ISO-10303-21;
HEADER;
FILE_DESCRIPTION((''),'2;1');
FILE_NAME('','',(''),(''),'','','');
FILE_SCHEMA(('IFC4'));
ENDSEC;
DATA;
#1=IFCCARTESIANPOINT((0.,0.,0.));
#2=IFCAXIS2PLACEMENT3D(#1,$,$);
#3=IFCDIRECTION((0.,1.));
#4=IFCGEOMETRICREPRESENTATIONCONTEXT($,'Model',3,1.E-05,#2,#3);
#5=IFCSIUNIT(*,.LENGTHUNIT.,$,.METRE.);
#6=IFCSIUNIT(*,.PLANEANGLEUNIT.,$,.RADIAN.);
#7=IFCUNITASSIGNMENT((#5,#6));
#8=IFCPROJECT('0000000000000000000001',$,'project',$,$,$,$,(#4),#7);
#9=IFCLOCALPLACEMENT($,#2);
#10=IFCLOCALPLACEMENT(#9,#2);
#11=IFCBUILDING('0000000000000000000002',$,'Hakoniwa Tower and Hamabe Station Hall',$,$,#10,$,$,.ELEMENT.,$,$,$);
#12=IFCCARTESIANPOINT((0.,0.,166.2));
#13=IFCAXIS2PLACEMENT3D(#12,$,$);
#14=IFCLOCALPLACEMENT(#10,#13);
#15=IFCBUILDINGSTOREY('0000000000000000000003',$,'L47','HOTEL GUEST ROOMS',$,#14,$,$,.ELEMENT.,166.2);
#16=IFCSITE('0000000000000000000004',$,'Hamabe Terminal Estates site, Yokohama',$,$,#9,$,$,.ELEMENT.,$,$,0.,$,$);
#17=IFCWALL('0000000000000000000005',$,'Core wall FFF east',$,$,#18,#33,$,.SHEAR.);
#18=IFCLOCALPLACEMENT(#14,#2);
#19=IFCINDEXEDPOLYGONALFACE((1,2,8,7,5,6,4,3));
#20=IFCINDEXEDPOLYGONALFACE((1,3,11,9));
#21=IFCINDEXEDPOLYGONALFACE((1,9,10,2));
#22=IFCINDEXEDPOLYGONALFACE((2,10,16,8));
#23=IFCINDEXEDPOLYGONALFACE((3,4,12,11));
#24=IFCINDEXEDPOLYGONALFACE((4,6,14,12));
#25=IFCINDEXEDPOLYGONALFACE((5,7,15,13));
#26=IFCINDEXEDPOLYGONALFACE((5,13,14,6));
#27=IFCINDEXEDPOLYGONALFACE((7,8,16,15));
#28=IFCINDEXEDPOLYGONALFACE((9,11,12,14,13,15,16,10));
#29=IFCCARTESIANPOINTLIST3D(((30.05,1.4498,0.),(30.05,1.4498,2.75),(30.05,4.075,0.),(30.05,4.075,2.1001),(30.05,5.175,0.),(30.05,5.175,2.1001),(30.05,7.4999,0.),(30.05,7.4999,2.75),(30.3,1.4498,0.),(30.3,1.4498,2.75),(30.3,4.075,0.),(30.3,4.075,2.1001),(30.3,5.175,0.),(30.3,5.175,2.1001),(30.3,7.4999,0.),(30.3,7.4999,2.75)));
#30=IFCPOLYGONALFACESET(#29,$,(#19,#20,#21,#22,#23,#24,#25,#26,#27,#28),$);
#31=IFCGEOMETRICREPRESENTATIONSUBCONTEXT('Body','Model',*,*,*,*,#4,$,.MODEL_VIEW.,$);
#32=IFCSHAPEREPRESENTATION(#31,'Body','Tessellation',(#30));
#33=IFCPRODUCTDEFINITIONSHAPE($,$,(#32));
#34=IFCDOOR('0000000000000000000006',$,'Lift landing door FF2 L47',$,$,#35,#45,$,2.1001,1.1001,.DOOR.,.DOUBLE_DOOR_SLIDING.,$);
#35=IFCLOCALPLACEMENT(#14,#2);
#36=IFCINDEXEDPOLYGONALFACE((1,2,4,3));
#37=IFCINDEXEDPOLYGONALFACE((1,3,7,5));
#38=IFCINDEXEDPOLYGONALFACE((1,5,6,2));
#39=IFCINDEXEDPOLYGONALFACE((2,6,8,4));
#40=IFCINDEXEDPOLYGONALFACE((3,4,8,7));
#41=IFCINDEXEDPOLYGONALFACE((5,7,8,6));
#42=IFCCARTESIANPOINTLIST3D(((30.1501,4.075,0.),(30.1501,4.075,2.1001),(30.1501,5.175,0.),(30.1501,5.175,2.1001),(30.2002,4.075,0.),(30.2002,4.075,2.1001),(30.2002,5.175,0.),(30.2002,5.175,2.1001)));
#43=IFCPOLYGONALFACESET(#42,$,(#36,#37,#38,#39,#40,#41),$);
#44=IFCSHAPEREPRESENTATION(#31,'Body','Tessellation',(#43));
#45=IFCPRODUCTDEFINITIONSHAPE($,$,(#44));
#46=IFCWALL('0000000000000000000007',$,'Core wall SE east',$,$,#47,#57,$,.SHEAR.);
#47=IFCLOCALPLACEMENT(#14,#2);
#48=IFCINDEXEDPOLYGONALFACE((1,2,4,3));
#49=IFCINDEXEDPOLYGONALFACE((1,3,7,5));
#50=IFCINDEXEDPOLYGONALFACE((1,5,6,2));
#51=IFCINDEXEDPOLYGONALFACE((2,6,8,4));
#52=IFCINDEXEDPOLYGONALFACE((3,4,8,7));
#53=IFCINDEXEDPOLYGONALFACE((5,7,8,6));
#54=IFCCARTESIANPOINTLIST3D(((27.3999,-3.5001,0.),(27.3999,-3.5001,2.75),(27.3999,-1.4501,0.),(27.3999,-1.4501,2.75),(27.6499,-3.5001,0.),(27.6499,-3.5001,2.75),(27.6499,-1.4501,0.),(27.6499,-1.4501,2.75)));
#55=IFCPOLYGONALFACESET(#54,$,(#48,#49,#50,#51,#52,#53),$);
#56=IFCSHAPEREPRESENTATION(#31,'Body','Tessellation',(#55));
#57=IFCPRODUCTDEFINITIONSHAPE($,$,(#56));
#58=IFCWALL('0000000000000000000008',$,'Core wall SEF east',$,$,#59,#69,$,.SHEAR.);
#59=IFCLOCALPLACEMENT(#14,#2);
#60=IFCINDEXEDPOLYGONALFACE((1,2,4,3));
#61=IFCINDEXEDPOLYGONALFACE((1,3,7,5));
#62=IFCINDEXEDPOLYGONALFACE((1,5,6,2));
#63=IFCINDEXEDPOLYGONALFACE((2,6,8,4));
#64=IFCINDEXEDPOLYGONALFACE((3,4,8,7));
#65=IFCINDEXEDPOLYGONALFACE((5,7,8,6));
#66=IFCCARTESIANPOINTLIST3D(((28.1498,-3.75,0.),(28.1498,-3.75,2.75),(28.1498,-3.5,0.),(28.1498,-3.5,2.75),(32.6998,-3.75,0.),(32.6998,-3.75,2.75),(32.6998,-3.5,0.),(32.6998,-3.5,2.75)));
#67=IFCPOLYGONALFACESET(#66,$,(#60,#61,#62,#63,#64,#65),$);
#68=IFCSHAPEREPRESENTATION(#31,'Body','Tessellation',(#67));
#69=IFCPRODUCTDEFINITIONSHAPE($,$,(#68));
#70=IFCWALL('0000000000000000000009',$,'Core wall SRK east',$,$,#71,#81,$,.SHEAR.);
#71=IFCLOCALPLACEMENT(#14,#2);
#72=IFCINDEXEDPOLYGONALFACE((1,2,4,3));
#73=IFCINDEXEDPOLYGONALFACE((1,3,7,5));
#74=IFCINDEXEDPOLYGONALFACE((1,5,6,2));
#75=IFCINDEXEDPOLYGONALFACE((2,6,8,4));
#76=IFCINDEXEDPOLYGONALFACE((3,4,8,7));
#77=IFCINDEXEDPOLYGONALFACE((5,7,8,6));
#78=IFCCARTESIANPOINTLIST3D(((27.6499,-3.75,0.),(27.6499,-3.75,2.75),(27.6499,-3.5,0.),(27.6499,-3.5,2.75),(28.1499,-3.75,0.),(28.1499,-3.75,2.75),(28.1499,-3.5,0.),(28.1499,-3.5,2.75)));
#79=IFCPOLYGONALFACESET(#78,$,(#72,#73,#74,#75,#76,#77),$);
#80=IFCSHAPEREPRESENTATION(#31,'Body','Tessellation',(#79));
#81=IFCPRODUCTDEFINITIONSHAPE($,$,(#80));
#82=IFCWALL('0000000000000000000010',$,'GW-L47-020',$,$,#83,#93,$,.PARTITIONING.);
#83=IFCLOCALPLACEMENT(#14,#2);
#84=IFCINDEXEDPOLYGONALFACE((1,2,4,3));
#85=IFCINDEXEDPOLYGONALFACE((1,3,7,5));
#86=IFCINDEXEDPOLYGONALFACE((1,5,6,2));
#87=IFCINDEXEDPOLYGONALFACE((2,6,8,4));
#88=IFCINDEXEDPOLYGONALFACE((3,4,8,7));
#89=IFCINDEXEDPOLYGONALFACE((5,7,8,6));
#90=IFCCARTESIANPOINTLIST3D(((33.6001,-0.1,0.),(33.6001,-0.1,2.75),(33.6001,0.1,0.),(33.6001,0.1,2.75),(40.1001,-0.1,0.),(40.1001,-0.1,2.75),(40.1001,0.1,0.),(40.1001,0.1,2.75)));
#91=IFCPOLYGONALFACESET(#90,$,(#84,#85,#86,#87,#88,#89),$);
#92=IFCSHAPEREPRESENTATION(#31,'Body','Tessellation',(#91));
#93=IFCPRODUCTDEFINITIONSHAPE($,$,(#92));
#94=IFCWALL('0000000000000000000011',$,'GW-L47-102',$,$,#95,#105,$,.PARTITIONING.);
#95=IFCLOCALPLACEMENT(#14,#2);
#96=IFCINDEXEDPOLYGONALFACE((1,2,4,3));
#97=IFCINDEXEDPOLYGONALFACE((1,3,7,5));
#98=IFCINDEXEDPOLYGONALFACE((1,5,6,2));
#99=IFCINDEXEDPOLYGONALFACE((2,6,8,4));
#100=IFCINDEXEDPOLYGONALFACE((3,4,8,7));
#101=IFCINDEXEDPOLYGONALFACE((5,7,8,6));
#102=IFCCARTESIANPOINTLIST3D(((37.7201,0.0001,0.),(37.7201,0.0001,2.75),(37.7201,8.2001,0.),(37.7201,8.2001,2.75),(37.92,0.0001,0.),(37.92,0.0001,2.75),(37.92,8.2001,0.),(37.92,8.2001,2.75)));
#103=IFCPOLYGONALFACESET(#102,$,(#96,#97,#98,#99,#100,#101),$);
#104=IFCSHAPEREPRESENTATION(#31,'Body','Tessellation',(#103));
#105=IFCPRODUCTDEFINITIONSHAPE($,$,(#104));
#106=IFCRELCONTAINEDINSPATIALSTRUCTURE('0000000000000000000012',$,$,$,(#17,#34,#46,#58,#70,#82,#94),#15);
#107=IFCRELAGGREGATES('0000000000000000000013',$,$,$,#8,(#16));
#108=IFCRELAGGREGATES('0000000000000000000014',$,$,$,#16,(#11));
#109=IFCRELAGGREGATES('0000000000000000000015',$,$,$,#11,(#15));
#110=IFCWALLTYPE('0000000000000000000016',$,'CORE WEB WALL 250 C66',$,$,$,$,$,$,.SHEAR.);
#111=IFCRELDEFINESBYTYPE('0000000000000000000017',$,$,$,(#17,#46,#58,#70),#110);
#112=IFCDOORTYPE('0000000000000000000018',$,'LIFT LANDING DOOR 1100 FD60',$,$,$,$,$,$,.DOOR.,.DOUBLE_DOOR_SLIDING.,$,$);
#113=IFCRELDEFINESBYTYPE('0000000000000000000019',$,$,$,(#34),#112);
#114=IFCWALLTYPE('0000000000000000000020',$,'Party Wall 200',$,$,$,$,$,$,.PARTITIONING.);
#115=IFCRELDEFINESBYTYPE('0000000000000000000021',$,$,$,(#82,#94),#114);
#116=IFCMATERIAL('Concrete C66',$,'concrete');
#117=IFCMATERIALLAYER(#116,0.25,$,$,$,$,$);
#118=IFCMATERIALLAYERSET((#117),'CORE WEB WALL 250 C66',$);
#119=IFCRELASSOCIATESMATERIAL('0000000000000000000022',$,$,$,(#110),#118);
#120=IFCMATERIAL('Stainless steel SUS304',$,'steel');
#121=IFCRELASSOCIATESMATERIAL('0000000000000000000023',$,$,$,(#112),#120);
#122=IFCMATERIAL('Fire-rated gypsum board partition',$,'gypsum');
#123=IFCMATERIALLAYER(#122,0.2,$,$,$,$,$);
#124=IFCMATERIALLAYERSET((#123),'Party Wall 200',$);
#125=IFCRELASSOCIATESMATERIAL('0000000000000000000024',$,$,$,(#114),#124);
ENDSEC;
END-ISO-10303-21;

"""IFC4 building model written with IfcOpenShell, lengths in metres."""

from ifc_helpers import new_model, si_unit, direction, frame, frame_2d, origin, place, context, subcontext, project, spatial, rectangle, extrude, material, layer, layer_set, type_object, element, fill, save


model = new_model("IFC4")

# Units and contexts
model_context = context("Model", 3, precision=1e-05, world=origin(), true_north=direction((0.0, 1.0)))
body_context = subcontext(model_context, "Body", "Model", "MODEL_VIEW")
ifc_project = project(units=[si_unit("LENGTHUNIT", "METRE"), si_unit("PLANEANGLEUNIT", "RADIAN")], contexts=[model_context])

# Site, building, storey
site_placement = place(None, origin())
site = spatial("IfcSite", under=ifc_project, at=site_placement, Name="Hamabe Terminal Estates site, Yokohama", CompositionType="ELEMENT", RefElevation=0.0)
building_placement = place(site_placement, origin())
building = spatial("IfcBuilding", under=site, at=building_placement, Name="Hakoniwa Tower and Hamabe Station Hall", CompositionType="ELEMENT")
storey_placement = place(building_placement, frame((0.0, 0.0, 166.2)))
storey = spatial("IfcBuildingStorey", under=building, at=storey_placement, Name="L47", Description="HOTEL GUEST ROOMS", CompositionType="ELEMENT", Elevation=166.2)

# Shared definitions
ifc_material_1 = material(Name="Concrete C66", Category="concrete")
ifc_layer_1 = layer(ifc_material_1, 0.25)
ifc_layer_set_1 = layer_set([ifc_layer_1], Name="CORE WEB WALL 250 C66")
wall_type_1 = type_object("IfcWallType", Name="CORE WEB WALL 250 C66", PredefinedType="SHEAR", material=ifc_layer_set_1)

# Wall, opening, door
wall_1_placement = place(storey_placement, frame((30.175, 1.45, 0.0), z_axis=(0.0, 0.0, 1.0), x_axis=(0.0, 1.0, 0.0)))
wall_1 = element("IfcWall", 1, at=wall_1_placement, inside=storey, type_object=wall_type_1, Name="Core wall FFF east", PredefinedType="SHEAR", context=body_context, shape_type="SweptSolid", body=[
    extrude(rectangle(XDim=6.05, YDim=0.25, at=frame_2d((3.0249, 0.0))), origin(), (0.0, 0.0, 1.0), 2.75),
])
opening_1_placement = place(wall_1_placement, frame((2.625, 0.0, 0.0)))
opening_1 = element("IfcOpeningElement", 2, at=opening_1_placement, cuts=wall_1, PredefinedType="OPENING", context=body_context, shape_type="SweptSolid", body=[
    extrude(rectangle(XDim=1.1001, YDim=2.1001, at=frame_2d((0.55, 1.05))), frame((0.0, 0.135, 0.0), z_axis=(0.0, -1.0, 0.0), x_axis=(1.0, 0.0, 0.0)), (0.0, 0.0, 1.0), 0.27),
])
ifc_material_2 = material(Name="Stainless steel SUS304", Category="steel")
door_type_1 = type_object("IfcDoorType", Name="LIFT LANDING DOOR 1100 FD60", OperationType="DOUBLE_DOOR_SLIDING", PredefinedType="DOOR", material=ifc_material_2)
door_1_placement = place(opening_1_placement, origin())
door_1 = element("IfcDoor", 3, at=door_1_placement, inside=storey, type_object=door_type_1, Name="Lift landing door FF2 L47", OperationType="DOUBLE_DOOR_SLIDING", OverallHeight=2.1001, OverallWidth=1.1001, PredefinedType="DOOR", context=body_context, shape_type="SweptSolid", body=[
    extrude(rectangle(XDim=1.1001, YDim=2.1001, at=frame_2d((0.55, 1.05))), frame((0.0, 0.0249, 0.0), z_axis=(0.0, -1.0, 0.0), x_axis=(1.0, 0.0, 0.0)), (0.0, 0.0, 1.0), 0.05),
])
fill(opening_1, door_1)

# Walls
wall_2_placement = place(storey_placement, frame((27.5249, -3.5, 0.0), z_axis=(0.0, 0.0, 1.0), x_axis=(0.0, 1.0, 0.0)))
element("IfcWall", 4, at=wall_2_placement, inside=storey, type_object=wall_type_1, Name="Core wall SE east", PredefinedType="SHEAR", context=body_context, shape_type="SweptSolid", body=[
    extrude(rectangle(XDim=2.05, YDim=0.25, at=frame_2d((1.0249, 0.0))), origin(), (0.0, 0.0, 1.0), 2.75),
])
wall_3_placement = place(storey_placement, frame((28.1499, -3.625, 0.0), z_axis=(0.0, 0.0, 1.0), x_axis=(1.0, 0.0, 0.0)))
element("IfcWall", 5, at=wall_3_placement, inside=storey, type_object=wall_type_1, Name="Core wall SEF east", PredefinedType="SHEAR", context=body_context, shape_type="SweptSolid", body=[
    extrude(rectangle(XDim=4.55, YDim=0.25, at=frame_2d((2.2749, 0.0))), origin(), (0.0, 0.0, 1.0), 2.75),
])
wall_4_placement = place(storey_placement, frame((27.6499, -3.625, 0.0), z_axis=(0.0, 0.0, 1.0), x_axis=(1.0, 0.0, 0.0)))
element("IfcWall", 6, at=wall_4_placement, inside=storey, type_object=wall_type_1, Name="Core wall SRK east", PredefinedType="SHEAR", context=body_context, shape_type="SweptSolid", body=[
    extrude(rectangle(XDim=0.5, YDim=0.25, at=frame_2d((0.25, 0.0))), origin(), (0.0, 0.0, 1.0), 2.75),
])
ifc_material_3 = material(Name="Fire-rated gypsum board partition", Category="gypsum")
ifc_layer_2 = layer(ifc_material_3, 0.2)
ifc_layer_set_2 = layer_set([ifc_layer_2], Name="Party Wall 200")
wall_type_2 = type_object("IfcWallType", Name="Party Wall 200", PredefinedType="PARTITIONING", material=ifc_layer_set_2)
wall_5_placement = place(storey_placement, frame((33.6001, 0.0, 0.0), z_axis=(0.0, 0.0, 1.0), x_axis=(1.0, 0.0, 0.0)))
element("IfcWall", 7, at=wall_5_placement, inside=storey, type_object=wall_type_2, Name="GW-L47-020", PredefinedType="PARTITIONING", context=body_context, shape_type="SweptSolid", body=[
    extrude(rectangle(XDim=6.5, YDim=0.2, at=frame_2d((3.25, 0.0))), origin(), (0.0, 0.0, 1.0), 2.75),
])
wall_6_placement = place(storey_placement, frame((37.8201, 0.0, 0.0), z_axis=(0.0, 0.0, 1.0), x_axis=(0.0, 1.0, 0.0)))
element("IfcWall", 8, at=wall_6_placement, inside=storey, type_object=wall_type_2, Name="GW-L47-102", PredefinedType="PARTITIONING", context=body_context, shape_type="SweptSolid", body=[
    extrude(rectangle(XDim=8.2, YDim=0.2, at=frame_2d((4.1001, 0.0))), origin(), (0.0, 0.0, 1.0), 2.75),
])

save(model, "model.ifc")
